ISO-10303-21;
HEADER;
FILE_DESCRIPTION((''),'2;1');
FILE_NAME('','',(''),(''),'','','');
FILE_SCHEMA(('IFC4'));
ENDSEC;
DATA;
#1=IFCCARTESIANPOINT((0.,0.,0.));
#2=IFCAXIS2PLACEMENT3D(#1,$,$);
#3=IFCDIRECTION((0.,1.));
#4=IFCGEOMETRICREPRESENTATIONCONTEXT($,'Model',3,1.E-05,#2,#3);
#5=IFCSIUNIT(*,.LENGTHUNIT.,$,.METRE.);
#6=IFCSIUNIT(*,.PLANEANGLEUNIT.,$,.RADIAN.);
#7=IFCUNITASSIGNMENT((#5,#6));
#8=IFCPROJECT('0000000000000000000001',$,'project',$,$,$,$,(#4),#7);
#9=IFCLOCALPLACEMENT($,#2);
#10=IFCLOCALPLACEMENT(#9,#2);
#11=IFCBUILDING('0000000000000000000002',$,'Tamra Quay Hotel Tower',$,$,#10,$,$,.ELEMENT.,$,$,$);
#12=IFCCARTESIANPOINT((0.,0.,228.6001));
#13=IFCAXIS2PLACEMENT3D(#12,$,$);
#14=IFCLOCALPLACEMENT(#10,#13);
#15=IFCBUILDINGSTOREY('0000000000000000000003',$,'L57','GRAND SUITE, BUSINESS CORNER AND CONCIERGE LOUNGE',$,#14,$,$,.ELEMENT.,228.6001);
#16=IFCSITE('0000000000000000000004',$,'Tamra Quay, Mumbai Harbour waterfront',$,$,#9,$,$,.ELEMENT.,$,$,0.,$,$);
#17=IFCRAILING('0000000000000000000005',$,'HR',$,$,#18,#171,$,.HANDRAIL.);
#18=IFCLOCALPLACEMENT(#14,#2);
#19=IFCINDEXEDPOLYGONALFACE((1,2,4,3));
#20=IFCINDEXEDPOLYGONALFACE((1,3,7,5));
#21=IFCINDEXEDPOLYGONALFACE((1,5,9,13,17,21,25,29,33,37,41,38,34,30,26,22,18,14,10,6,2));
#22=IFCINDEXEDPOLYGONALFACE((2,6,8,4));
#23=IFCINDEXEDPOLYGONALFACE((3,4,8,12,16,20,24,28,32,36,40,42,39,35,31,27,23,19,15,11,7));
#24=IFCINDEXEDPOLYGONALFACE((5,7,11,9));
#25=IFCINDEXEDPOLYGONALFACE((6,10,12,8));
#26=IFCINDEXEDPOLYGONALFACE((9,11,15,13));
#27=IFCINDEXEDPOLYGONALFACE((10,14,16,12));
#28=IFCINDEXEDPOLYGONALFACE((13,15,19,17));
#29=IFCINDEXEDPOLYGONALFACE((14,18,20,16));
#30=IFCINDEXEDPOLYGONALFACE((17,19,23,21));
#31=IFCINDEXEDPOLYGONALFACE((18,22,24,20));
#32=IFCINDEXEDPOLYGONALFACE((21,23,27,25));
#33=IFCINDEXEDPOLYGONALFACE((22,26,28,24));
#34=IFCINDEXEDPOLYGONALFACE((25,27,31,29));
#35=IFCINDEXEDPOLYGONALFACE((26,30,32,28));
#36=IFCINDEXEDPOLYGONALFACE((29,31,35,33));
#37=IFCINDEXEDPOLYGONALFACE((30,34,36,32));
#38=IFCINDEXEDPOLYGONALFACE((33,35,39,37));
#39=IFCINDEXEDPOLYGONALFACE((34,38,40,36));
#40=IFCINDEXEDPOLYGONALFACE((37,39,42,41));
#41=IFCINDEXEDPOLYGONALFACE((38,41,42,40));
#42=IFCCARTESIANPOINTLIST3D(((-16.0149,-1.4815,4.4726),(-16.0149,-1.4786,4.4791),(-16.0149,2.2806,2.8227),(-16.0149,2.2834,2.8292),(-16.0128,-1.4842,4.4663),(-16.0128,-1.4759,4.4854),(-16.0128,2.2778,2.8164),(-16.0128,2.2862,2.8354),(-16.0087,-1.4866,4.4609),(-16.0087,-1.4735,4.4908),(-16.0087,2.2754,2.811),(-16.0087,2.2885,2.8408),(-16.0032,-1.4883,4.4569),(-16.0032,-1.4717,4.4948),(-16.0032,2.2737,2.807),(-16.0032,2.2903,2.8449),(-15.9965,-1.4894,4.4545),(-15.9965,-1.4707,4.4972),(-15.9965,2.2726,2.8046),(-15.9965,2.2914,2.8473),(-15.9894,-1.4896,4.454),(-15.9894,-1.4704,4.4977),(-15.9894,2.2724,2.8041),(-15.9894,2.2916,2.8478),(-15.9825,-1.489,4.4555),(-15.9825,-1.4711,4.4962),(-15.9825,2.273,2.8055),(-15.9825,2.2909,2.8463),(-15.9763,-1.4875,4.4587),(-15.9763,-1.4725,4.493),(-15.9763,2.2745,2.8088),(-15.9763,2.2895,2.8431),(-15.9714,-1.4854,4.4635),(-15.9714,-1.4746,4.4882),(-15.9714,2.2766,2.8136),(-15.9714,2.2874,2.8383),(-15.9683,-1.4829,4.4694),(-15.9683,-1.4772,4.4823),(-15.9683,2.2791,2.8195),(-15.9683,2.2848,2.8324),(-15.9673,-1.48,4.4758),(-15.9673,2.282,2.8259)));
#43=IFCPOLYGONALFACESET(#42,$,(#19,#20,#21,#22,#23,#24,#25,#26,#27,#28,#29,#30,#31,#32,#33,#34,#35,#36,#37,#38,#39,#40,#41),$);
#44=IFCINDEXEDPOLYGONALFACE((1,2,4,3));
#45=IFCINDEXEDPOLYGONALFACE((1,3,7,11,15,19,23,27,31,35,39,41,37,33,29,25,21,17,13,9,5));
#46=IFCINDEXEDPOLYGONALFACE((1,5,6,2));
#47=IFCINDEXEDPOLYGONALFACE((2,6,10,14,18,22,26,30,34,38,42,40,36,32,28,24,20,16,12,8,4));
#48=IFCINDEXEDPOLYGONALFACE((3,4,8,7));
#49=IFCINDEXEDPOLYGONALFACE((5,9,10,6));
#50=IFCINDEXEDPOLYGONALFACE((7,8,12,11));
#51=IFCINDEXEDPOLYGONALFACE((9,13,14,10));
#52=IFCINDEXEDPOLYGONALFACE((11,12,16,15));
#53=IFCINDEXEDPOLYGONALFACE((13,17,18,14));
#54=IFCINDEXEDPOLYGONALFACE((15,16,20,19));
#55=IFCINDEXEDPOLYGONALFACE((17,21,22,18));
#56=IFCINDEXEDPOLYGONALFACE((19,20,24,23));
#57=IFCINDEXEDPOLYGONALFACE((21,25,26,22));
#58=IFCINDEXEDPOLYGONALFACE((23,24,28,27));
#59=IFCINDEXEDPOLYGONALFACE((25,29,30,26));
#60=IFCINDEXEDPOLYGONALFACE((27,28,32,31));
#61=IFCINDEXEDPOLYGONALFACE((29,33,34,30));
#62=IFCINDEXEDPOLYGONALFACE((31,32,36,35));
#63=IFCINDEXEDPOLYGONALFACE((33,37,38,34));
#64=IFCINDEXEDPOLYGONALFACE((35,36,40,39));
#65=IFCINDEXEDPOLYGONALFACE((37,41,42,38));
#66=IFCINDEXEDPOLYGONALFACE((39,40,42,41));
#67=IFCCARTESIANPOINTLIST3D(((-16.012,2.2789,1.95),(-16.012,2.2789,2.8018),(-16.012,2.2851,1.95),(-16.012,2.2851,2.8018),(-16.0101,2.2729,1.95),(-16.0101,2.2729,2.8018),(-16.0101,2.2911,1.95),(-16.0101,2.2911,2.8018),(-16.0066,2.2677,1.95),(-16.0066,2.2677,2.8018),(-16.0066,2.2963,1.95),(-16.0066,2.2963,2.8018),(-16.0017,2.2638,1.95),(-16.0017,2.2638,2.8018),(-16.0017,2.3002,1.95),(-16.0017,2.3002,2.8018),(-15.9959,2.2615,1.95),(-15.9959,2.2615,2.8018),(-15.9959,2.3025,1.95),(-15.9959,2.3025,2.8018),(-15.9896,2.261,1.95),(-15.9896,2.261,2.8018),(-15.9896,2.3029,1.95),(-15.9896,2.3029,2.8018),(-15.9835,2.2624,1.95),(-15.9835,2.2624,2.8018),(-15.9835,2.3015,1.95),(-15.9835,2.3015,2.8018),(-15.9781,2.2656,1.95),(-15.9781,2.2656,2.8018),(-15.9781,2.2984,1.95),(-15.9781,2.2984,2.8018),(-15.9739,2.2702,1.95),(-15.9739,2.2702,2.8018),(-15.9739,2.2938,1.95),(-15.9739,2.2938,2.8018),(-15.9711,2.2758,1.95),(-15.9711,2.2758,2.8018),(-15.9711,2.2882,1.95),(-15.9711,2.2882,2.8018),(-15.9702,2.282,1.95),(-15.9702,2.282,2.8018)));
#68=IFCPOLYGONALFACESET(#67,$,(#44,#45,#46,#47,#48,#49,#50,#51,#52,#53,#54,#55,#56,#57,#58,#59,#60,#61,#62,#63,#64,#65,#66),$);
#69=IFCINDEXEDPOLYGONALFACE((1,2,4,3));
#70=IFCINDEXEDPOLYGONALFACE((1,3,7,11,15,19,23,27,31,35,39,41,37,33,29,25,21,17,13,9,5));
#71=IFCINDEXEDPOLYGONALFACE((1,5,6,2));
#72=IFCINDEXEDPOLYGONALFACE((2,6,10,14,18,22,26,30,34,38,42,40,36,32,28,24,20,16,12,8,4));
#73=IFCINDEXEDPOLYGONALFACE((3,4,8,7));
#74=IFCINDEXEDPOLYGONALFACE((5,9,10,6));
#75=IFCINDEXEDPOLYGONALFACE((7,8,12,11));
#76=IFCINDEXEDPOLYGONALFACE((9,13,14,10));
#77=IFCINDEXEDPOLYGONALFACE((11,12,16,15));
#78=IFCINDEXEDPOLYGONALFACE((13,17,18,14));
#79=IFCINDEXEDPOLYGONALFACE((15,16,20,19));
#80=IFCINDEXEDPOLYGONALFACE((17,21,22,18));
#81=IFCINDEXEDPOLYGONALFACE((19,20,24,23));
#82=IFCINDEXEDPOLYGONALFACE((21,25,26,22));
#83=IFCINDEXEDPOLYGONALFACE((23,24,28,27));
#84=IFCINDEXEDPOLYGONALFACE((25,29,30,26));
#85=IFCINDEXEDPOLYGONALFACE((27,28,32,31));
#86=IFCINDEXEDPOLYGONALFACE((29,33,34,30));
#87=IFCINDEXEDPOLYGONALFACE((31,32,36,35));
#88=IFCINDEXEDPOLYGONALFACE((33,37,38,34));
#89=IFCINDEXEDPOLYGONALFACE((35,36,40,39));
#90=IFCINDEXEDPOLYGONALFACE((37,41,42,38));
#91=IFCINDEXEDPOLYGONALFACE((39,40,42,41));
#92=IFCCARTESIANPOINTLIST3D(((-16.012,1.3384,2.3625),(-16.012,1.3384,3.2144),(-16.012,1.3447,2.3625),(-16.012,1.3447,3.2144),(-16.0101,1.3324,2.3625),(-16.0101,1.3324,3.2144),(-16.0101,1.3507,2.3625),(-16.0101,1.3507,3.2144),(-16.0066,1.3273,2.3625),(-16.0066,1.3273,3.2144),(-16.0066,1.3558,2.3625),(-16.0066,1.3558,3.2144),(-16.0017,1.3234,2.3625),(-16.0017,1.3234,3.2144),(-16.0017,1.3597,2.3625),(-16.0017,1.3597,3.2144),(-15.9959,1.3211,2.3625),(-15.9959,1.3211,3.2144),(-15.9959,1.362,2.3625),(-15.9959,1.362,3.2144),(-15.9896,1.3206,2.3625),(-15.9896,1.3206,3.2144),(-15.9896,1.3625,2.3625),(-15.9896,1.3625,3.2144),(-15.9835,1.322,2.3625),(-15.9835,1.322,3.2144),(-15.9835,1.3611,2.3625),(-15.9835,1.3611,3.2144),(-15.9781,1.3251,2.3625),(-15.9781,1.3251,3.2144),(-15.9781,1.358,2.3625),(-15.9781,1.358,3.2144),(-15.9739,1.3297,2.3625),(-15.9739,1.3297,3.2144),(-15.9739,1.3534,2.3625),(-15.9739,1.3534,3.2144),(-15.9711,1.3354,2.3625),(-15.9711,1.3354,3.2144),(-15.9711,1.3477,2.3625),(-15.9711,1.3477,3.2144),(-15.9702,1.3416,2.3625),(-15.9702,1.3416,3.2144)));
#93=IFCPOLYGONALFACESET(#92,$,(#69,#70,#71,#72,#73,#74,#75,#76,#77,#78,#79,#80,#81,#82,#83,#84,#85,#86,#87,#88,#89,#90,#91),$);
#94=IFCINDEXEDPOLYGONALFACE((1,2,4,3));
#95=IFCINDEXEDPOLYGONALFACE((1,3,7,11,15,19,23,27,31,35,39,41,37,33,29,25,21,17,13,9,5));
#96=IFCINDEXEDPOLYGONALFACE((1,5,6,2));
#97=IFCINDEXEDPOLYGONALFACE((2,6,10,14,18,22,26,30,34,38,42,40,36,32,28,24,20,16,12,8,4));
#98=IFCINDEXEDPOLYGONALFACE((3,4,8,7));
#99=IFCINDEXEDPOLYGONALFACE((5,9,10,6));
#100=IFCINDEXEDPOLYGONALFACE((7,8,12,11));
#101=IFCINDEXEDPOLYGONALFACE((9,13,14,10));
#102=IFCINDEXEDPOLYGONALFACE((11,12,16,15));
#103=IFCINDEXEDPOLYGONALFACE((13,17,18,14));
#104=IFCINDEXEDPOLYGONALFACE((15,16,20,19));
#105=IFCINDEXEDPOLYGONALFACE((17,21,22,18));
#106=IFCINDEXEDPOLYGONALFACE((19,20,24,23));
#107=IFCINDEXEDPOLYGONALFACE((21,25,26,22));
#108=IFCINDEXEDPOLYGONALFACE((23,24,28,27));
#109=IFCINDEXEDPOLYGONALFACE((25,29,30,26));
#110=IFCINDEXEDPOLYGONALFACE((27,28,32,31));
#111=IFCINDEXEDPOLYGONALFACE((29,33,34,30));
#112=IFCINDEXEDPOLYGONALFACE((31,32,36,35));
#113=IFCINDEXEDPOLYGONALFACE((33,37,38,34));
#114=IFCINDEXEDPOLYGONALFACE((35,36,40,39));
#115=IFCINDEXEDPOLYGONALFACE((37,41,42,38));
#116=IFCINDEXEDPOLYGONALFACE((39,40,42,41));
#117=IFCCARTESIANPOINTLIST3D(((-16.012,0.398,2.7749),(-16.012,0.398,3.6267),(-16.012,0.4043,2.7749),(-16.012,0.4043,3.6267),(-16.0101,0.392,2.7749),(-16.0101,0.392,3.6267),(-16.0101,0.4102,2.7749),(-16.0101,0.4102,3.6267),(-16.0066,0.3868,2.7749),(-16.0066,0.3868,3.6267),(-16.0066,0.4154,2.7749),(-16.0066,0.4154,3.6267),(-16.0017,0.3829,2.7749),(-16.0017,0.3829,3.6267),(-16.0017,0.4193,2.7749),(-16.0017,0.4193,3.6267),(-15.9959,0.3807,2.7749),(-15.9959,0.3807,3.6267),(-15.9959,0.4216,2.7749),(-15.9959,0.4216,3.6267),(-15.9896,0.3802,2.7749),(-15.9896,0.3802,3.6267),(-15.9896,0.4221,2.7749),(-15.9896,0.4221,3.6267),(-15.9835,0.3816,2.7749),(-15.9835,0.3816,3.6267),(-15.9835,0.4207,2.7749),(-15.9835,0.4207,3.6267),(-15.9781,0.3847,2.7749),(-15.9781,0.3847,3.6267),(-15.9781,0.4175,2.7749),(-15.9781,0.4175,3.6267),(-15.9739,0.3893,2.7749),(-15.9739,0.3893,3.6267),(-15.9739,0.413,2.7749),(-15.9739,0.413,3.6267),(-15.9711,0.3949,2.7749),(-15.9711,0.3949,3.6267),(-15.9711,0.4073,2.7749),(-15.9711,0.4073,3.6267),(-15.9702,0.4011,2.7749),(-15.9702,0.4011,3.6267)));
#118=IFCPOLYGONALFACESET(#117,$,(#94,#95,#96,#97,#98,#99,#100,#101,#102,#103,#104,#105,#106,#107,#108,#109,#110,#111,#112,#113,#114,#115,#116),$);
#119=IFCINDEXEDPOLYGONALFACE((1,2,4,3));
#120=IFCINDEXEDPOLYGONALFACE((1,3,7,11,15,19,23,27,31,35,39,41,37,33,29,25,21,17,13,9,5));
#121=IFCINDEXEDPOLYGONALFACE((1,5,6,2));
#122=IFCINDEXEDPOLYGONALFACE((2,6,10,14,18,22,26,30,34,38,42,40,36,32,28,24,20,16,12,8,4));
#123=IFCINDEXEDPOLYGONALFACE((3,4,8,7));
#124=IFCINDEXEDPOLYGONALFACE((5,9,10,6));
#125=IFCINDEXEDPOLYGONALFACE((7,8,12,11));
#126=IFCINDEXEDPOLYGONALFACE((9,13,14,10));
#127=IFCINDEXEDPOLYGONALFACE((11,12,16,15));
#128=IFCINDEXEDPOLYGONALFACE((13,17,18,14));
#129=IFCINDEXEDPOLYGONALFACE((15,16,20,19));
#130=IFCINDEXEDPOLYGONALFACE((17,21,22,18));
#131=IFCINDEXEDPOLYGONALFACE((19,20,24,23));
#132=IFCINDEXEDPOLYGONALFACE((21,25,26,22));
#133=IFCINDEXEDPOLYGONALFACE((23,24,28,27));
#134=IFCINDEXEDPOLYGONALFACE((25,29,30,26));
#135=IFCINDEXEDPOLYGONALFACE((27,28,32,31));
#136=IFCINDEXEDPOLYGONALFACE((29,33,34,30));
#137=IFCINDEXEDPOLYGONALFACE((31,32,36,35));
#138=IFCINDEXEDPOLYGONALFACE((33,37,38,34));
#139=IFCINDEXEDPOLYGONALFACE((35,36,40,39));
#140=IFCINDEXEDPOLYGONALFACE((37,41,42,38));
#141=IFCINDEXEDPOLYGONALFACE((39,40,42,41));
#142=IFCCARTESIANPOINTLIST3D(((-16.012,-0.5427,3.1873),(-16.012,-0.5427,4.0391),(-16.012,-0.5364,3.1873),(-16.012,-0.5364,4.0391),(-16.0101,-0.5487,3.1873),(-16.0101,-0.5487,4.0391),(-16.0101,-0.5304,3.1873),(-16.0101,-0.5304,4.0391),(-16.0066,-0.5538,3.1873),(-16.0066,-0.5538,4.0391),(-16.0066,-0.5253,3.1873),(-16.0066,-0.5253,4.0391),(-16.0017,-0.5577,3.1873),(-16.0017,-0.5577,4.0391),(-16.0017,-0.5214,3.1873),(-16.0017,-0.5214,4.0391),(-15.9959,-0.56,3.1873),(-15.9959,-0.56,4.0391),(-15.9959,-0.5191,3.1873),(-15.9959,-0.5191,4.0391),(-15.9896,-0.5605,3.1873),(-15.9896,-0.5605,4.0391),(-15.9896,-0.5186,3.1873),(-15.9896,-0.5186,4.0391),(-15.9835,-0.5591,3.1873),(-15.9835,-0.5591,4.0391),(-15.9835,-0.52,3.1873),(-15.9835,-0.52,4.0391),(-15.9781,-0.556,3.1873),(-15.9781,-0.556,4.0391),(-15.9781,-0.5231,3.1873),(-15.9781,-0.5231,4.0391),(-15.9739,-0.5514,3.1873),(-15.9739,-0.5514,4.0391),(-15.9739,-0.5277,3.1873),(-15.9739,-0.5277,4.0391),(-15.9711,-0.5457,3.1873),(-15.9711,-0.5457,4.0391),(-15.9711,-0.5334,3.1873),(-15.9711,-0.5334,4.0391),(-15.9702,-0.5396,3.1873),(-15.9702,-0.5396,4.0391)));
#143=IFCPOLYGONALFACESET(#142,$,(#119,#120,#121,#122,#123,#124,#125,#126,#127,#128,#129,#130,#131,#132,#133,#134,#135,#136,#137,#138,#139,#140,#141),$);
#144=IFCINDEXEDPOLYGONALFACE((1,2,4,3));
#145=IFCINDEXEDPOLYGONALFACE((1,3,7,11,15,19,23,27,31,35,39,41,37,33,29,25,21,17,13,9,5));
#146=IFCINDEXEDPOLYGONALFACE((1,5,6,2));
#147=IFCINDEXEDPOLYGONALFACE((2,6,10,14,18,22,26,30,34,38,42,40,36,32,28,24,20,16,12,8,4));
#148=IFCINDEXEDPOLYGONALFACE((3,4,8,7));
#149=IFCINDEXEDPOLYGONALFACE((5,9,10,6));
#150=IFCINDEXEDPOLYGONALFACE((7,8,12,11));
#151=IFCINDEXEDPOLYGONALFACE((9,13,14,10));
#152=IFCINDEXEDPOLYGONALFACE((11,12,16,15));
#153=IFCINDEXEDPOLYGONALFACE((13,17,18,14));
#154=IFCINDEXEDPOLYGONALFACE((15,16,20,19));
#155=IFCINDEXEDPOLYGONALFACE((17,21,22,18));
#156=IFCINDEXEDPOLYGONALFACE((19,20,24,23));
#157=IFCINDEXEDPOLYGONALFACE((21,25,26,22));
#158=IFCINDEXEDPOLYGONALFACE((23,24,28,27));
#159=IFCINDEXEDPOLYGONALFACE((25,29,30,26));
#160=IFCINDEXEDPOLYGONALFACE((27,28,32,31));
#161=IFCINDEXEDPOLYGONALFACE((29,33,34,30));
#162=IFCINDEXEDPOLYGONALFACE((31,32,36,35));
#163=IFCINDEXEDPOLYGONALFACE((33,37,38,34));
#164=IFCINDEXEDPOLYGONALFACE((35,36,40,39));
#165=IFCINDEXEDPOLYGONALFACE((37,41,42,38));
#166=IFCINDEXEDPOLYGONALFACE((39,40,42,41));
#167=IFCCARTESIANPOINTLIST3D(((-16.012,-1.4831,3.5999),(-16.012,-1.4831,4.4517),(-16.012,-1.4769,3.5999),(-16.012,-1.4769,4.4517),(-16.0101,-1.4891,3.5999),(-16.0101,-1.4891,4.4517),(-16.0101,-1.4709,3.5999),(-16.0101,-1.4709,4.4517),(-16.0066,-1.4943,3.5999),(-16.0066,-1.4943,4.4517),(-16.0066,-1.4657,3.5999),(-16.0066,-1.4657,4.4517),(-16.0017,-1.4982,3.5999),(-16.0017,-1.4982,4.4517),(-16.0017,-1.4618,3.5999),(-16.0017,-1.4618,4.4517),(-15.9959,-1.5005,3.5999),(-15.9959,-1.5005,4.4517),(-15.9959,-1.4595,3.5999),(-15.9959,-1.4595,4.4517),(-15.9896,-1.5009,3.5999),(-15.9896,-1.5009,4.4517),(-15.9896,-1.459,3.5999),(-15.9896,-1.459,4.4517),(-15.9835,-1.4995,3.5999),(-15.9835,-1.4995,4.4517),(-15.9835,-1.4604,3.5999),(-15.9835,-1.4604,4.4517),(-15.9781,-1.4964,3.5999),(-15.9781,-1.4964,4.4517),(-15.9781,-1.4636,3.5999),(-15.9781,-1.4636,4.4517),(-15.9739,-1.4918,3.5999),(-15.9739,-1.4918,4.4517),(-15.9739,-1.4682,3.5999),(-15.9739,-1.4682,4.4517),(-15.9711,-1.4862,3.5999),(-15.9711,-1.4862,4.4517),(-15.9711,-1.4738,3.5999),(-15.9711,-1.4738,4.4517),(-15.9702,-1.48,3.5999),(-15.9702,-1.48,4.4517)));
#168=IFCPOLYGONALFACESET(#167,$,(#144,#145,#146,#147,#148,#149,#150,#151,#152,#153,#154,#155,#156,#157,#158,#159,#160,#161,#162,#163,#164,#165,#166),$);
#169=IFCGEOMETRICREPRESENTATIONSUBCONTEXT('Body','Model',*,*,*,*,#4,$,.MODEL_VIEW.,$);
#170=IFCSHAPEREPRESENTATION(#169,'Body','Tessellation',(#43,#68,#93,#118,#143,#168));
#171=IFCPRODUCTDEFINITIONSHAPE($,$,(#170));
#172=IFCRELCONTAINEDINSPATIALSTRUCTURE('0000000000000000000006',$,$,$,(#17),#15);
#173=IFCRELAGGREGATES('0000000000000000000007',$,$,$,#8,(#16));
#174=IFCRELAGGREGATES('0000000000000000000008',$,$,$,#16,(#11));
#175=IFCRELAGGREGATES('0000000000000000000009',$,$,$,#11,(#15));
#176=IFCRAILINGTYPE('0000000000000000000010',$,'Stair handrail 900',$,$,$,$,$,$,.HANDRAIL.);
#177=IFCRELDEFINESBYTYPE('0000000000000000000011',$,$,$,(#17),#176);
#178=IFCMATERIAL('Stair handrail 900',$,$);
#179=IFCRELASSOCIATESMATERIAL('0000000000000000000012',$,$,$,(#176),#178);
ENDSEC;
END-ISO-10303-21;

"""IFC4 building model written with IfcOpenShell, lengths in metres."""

from ifc_helpers import new_model, si_unit, direction, frame, origin, origin_2d, place, context, subcontext, project, spatial, circle, extrude, material, type_object, element, save


model = new_model("IFC4")

# Units and contexts
model_context = context("Model", 3, precision=1e-05, world=origin(), true_north=direction((0.0, 1.0)))
body_context = subcontext(model_context, "Body", "Model", "MODEL_VIEW")
ifc_project = project(units=[si_unit("LENGTHUNIT", "METRE"), si_unit("PLANEANGLEUNIT", "RADIAN")], contexts=[model_context])

# Site, building, storey
site_placement = place(None, origin())
site = spatial("IfcSite", under=ifc_project, at=site_placement, Name="Tamra Quay, Mumbai Harbour waterfront", CompositionType="ELEMENT", RefElevation=0.0)
building_placement = place(site_placement, origin())
building = spatial("IfcBuilding", under=site, at=building_placement, Name="Tamra Quay Hotel Tower", CompositionType="ELEMENT")
storey_placement = place(building_placement, frame((0.0, 0.0, 228.6001)))
storey = spatial("IfcBuildingStorey", under=building, at=storey_placement, Name="L57", Description="GRAND SUITE, BUSINESS CORNER AND CONCIERGE LOUNGE", CompositionType="ELEMENT", Elevation=228.6001)

# Railing
ifc_material_1 = material(Name="Stair handrail 900")
railing_type = type_object("IfcRailingType", Name="Stair handrail 900", PredefinedType="HANDRAIL", material=ifc_material_1)
railing_placement = place(storey_placement, frame((-15.9912, 2.282, 1.95)))
element("IfcRailing", 1, at=railing_placement, inside=storey, type_object=railing_type, Name="HR", PredefinedType="HANDRAIL", context=body_context, shape_type="SweptSolid", body=[
    extrude(circle(Radius=0.0239, at=origin_2d()), frame((0.0, 0.0, 0.876), z_axis=(0.0, -0.915795, 0.401645), x_axis=(1.0, 0.0, 0.0)), (0.0, 0.0, 1.0), 4.1079),
    extrude(circle(Radius=0.021, at=origin_2d()), origin(), (0.0, 0.0, 1.0), 0.8518),
    extrude(circle(Radius=0.021, at=origin_2d()), frame((0.0, -0.9404, 0.4126)), (0.0, 0.0, 1.0), 0.8518),
    extrude(circle(Radius=0.021, at=origin_2d()), frame((0.0, -1.8809, 0.825)), (0.0, 0.0, 1.0), 0.8518),
    extrude(circle(Radius=0.021, at=origin_2d()), frame((0.0, -2.8215, 1.2373)), (0.0, 0.0, 1.0), 0.8518),
    extrude(circle(Radius=0.021, at=origin_2d()), frame((0.0, -3.762, 1.6499)), (0.0, 0.0, 1.0), 0.8518),
])

save(model, "model.ifc")
